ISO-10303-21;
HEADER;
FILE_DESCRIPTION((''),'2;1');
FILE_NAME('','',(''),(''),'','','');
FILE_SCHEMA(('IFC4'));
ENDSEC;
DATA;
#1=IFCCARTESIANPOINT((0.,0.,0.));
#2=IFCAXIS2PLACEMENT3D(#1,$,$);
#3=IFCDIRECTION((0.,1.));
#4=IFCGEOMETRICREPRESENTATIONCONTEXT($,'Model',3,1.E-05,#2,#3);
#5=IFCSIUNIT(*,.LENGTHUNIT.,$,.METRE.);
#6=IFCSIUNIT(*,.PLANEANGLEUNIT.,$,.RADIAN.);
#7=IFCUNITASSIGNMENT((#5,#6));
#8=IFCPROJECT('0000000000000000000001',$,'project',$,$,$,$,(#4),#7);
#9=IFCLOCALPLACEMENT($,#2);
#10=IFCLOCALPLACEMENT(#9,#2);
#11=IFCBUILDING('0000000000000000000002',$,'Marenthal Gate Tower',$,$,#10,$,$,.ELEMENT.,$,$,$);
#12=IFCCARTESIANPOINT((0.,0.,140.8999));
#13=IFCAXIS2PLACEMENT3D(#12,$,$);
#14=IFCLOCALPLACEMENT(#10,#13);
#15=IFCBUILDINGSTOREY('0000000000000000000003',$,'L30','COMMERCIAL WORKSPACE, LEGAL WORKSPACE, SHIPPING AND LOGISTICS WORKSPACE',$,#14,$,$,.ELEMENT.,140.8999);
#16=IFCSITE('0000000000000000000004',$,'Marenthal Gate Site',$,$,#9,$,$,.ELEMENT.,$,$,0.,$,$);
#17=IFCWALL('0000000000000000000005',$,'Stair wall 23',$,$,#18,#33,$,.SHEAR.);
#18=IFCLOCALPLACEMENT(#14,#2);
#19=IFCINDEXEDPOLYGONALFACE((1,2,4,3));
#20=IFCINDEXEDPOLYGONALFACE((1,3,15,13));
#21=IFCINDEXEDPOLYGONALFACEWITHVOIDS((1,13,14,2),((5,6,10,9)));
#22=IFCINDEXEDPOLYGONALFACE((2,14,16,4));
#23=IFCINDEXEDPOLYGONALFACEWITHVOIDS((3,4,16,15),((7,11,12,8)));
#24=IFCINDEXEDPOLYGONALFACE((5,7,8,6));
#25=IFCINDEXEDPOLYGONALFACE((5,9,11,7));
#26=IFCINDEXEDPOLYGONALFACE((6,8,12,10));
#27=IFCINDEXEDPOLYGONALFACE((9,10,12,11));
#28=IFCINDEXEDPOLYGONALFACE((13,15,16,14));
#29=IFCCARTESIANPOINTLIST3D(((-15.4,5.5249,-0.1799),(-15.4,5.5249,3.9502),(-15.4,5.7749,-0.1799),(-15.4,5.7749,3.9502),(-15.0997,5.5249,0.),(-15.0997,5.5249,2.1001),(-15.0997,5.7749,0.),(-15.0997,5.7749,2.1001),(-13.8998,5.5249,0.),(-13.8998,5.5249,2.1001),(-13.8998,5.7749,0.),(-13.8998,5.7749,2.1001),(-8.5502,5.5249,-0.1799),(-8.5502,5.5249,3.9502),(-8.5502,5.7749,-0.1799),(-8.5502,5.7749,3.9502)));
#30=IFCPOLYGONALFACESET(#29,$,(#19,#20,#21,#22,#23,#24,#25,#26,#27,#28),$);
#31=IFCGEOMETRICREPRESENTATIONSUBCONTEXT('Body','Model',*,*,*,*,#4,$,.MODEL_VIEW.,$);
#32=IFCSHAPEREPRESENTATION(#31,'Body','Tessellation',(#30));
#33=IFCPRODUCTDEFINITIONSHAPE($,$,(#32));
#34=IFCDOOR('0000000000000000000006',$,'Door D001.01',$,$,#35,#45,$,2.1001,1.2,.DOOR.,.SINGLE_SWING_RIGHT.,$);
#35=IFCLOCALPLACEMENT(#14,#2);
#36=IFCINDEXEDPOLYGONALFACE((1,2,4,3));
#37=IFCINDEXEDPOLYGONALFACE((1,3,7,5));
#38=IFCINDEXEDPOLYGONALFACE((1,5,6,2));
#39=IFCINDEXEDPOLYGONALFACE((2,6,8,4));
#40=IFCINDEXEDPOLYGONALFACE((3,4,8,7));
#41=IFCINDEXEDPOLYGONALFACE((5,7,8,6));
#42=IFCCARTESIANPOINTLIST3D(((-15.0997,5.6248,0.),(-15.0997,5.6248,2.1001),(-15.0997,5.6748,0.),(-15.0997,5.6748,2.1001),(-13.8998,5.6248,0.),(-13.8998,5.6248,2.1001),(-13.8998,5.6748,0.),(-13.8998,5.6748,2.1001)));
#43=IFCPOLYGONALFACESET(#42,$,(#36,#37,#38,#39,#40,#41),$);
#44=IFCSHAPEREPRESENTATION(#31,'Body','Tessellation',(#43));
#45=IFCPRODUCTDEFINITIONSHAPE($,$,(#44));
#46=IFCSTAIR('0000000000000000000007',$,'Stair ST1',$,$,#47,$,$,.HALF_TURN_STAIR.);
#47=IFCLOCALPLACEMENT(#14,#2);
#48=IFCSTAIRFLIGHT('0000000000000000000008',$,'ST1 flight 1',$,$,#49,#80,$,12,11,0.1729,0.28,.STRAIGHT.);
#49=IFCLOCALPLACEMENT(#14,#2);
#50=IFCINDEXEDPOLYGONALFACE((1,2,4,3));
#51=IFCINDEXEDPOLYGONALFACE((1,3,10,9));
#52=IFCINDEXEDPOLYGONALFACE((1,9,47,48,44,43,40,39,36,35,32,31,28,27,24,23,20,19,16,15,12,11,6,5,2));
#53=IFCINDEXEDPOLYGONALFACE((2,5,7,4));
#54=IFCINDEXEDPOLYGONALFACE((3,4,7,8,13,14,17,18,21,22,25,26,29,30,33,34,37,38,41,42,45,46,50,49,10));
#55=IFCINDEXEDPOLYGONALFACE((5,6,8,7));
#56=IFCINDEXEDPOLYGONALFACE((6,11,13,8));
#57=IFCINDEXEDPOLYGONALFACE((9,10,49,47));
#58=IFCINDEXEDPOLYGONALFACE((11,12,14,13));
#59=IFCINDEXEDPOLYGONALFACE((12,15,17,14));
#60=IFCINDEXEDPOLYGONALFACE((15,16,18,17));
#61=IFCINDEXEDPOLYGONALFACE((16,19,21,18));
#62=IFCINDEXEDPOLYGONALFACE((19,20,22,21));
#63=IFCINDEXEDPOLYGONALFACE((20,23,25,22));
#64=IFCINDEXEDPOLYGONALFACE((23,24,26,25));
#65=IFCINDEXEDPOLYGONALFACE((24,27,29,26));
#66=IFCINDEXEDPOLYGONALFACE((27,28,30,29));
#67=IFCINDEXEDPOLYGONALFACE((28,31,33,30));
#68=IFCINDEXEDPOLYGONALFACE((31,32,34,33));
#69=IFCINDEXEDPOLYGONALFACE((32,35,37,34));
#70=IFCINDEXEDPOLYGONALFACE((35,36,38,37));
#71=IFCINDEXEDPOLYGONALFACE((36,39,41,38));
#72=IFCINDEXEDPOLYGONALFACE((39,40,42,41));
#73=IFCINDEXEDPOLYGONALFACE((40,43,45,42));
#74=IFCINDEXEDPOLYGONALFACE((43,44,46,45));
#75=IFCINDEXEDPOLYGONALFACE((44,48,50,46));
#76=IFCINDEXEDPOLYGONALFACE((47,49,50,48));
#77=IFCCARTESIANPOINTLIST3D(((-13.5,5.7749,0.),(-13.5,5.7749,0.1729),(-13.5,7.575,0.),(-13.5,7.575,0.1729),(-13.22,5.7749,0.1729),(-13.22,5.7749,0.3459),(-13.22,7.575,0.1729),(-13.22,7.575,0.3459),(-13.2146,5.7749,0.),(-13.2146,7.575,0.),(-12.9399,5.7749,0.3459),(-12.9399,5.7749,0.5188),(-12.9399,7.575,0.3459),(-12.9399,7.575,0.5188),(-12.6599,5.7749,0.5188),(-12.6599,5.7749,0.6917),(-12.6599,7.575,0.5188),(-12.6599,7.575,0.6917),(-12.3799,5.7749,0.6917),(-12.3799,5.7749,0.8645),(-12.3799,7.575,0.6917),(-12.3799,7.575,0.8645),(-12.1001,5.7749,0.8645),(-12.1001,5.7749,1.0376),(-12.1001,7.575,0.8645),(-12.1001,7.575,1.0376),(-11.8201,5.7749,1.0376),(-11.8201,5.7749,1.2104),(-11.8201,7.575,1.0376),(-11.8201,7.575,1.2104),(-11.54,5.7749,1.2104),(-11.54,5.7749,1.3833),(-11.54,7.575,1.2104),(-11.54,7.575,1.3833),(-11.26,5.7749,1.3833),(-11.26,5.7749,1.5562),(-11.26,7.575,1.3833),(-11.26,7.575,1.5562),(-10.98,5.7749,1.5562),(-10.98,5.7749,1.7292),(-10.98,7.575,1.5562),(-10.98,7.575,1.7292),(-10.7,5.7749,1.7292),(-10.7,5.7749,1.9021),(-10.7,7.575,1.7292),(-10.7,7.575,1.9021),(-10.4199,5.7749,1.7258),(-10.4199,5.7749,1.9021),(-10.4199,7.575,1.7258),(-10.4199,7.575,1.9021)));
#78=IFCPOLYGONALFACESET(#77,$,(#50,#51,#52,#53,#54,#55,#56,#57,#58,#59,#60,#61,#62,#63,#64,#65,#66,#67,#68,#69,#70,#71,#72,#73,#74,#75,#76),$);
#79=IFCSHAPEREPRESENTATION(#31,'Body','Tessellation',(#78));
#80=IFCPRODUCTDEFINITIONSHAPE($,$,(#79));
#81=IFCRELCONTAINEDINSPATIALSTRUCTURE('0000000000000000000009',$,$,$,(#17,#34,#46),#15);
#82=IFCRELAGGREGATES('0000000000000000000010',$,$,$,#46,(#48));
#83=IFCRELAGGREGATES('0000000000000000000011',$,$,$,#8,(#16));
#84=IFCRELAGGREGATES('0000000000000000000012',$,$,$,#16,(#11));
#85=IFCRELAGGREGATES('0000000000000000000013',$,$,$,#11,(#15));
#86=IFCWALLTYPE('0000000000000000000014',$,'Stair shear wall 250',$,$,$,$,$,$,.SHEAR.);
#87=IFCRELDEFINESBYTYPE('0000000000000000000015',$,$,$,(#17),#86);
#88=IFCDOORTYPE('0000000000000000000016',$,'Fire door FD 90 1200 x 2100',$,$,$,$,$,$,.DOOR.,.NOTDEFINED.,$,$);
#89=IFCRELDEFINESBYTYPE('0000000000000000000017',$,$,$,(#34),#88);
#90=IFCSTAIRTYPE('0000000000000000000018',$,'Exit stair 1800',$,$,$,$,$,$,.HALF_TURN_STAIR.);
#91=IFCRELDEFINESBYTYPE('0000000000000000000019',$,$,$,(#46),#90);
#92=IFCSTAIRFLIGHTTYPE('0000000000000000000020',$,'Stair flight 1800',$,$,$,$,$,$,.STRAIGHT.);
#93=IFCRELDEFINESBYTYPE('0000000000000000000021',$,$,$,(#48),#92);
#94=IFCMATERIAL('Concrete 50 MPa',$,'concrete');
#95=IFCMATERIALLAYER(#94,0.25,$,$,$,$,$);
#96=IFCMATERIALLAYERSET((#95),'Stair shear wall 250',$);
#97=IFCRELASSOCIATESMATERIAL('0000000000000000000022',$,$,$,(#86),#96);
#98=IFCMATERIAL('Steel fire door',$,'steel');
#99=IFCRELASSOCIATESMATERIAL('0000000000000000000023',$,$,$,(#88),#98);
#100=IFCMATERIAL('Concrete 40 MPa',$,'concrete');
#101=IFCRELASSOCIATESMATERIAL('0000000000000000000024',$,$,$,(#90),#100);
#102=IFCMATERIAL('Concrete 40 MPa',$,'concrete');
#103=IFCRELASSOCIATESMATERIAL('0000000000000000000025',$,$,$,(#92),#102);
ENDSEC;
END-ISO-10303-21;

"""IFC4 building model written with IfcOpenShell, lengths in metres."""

from ifc_helpers import new_model, si_unit, direction, frame, frame_2d, origin, place, context, subcontext, project, spatial, polyline, rectangle, outline, extrude, material, layer, layer_set, type_object, element, fill, aggregate, save


model = new_model("IFC4")

# Units and contexts
model_context = context("Model", 3, precision=1e-05, world=origin(), true_north=direction((0.0, 1.0)))
body_context = subcontext(model_context, "Body", "Model", "MODEL_VIEW")
ifc_project = project(units=[si_unit("LENGTHUNIT", "METRE"), si_unit("PLANEANGLEUNIT", "RADIAN")], contexts=[model_context])

# Site, building, storey
site_placement = place(None, origin())
site = spatial("IfcSite", under=ifc_project, at=site_placement, Name="Marenthal Gate Site", CompositionType="ELEMENT", RefElevation=0.0)
building_placement = place(site_placement, origin())
building = spatial("IfcBuilding", under=site, at=building_placement, Name="Marenthal Gate Tower", CompositionType="ELEMENT")
storey_placement = place(building_placement, frame((0.0, 0.0, 140.8999)))
storey = spatial("IfcBuildingStorey", under=building, at=storey_placement, Name="L30", Description="COMMERCIAL WORKSPACE, LEGAL WORKSPACE, SHIPPING AND LOGISTICS WORKSPACE", CompositionType="ELEMENT", Elevation=140.8999)

# Wall, opening, door
ifc_material_1 = material(Name="Concrete 50 MPa", Category="concrete")
ifc_layer_1 = layer(ifc_material_1, 0.25)
ifc_layer_set_1 = layer_set([ifc_layer_1], Name="Stair shear wall 250")
wall_type_1 = type_object("IfcWallType", Name="Stair shear wall 250", PredefinedType="SHEAR", material=ifc_layer_set_1)
wall_1_placement = place(storey_placement, frame((-15.3999, 5.6499, -0.1799), z_axis=(0.0, 0.0, 1.0), x_axis=(1.0, 0.0, 0.0)))
wall_1 = element("IfcWall", 1, at=wall_1_placement, inside=storey, type_object=wall_type_1, Name="Stair wall 23", PredefinedType="SHEAR", context=body_context, shape_type="SweptSolid", body=[
    extrude(rectangle(XDim=6.8499, YDim=0.25, at=frame_2d((3.4248, 0.0))), origin(), (0.0, 0.0, 1.0), 4.1301),
])
opening_1_placement = place(wall_1_placement, frame((0.3, 0.0, 0.1799)))
opening_1 = element("IfcOpeningElement", 2, at=opening_1_placement, cuts=wall_1, PredefinedType="OPENING", context=body_context, shape_type="SweptSolid", body=[
    extrude(rectangle(XDim=1.2, YDim=2.1001, at=frame_2d((0.6001, 1.05))), frame((0.0, 0.135, 0.0), z_axis=(0.0, -1.0, 0.0), x_axis=(1.0, 0.0, 0.0)), (0.0, 0.0, 1.0), 0.27),
])
ifc_material_2 = material(Name="Steel fire door", Category="steel")
door_type_1 = type_object("IfcDoorType", Name="Fire door FD 90 1200 x 2100", OperationType="NOTDEFINED", PredefinedType="DOOR", material=ifc_material_2)
door_1_placement = place(opening_1_placement, origin())
door_1 = element("IfcDoor", 3, at=door_1_placement, inside=storey, type_object=door_type_1, Name="Door D001.01", OperationType="SINGLE_SWING_RIGHT", OverallHeight=2.1001, OverallWidth=1.2, PredefinedType="DOOR", context=body_context, shape_type="SweptSolid", body=[
    extrude(rectangle(XDim=1.2, YDim=2.1001, at=frame_2d((0.6001, 1.05))), frame((0.0, 0.0249, 0.0), z_axis=(0.0, -1.0, 0.0), x_axis=(1.0, 0.0, 0.0)), (0.0, 0.0, 1.0), 0.05),
])
fill(opening_1, door_1)

# Stair, stair flight
ifc_material_3 = material(Name="Concrete 40 MPa", Category="concrete")
stair_type = type_object("IfcStairType", Name="Exit stair 1800", PredefinedType="HALF_TURN_STAIR", material=ifc_material_3)
stair_placement = place(storey_placement, origin())
stair = element("IfcStair", 4, at=stair_placement, inside=storey, type_object=stair_type, Name="Stair ST1", PredefinedType="HALF_TURN_STAIR")
ifc_material_4 = material(Name="Concrete 40 MPa", Category="concrete")
stair_flight_type = type_object("IfcStairFlightType", Name="Stair flight 1800", PredefinedType="STRAIGHT", material=ifc_material_4)
stair_flight_placement = place(storey_placement, frame((-13.5, 6.675, 0.0), z_axis=(0.0, 0.0, 1.0), x_axis=(1.0, 0.0, 0.0)))
stair_flight = element("IfcStairFlight", 5, at=stair_flight_placement, type_object=stair_flight_type, Name="ST1 flight 1", NumberOfRisers=12, NumberOfTreads=11, PredefinedType="STRAIGHT", RiserHeight=0.1729, TreadLength=0.28, context=body_context, shape_type="SweptSolid", body=[
    extrude(outline(polyline([(0.0, 0.0), (0.0, 0.1729), (0.28, 0.1729), (0.28, 0.3459), (0.5601, 0.3459), (0.5601, 0.5188), (0.8401, 0.5188), (0.8401, 0.6917), (1.1201, 0.6917), (1.1201, 0.8645), (1.3999, 0.8645), (1.3999, 1.0376), (1.6799, 1.0376), (1.6799, 1.2104), (1.96, 1.2104), (1.96, 1.3833), (2.24, 1.3833), (2.24, 1.5562), (2.52, 1.5562), (2.52, 1.7292), (2.8, 1.7292), (2.8, 1.9021), (3.0801, 1.9021), (3.0801, 2.075), (3.0801, 1.7258), (0.2854, 0.0), (0.0, 0.0)])), frame((0.0, 0.8999, 0.0), z_axis=(0.0, -1.0, 0.0), x_axis=(1.0, 0.0, 0.0)), (0.0, 0.0, 1.0), 1.8),
])
aggregate(stair, [stair_flight])

save(model, "model.ifc")
